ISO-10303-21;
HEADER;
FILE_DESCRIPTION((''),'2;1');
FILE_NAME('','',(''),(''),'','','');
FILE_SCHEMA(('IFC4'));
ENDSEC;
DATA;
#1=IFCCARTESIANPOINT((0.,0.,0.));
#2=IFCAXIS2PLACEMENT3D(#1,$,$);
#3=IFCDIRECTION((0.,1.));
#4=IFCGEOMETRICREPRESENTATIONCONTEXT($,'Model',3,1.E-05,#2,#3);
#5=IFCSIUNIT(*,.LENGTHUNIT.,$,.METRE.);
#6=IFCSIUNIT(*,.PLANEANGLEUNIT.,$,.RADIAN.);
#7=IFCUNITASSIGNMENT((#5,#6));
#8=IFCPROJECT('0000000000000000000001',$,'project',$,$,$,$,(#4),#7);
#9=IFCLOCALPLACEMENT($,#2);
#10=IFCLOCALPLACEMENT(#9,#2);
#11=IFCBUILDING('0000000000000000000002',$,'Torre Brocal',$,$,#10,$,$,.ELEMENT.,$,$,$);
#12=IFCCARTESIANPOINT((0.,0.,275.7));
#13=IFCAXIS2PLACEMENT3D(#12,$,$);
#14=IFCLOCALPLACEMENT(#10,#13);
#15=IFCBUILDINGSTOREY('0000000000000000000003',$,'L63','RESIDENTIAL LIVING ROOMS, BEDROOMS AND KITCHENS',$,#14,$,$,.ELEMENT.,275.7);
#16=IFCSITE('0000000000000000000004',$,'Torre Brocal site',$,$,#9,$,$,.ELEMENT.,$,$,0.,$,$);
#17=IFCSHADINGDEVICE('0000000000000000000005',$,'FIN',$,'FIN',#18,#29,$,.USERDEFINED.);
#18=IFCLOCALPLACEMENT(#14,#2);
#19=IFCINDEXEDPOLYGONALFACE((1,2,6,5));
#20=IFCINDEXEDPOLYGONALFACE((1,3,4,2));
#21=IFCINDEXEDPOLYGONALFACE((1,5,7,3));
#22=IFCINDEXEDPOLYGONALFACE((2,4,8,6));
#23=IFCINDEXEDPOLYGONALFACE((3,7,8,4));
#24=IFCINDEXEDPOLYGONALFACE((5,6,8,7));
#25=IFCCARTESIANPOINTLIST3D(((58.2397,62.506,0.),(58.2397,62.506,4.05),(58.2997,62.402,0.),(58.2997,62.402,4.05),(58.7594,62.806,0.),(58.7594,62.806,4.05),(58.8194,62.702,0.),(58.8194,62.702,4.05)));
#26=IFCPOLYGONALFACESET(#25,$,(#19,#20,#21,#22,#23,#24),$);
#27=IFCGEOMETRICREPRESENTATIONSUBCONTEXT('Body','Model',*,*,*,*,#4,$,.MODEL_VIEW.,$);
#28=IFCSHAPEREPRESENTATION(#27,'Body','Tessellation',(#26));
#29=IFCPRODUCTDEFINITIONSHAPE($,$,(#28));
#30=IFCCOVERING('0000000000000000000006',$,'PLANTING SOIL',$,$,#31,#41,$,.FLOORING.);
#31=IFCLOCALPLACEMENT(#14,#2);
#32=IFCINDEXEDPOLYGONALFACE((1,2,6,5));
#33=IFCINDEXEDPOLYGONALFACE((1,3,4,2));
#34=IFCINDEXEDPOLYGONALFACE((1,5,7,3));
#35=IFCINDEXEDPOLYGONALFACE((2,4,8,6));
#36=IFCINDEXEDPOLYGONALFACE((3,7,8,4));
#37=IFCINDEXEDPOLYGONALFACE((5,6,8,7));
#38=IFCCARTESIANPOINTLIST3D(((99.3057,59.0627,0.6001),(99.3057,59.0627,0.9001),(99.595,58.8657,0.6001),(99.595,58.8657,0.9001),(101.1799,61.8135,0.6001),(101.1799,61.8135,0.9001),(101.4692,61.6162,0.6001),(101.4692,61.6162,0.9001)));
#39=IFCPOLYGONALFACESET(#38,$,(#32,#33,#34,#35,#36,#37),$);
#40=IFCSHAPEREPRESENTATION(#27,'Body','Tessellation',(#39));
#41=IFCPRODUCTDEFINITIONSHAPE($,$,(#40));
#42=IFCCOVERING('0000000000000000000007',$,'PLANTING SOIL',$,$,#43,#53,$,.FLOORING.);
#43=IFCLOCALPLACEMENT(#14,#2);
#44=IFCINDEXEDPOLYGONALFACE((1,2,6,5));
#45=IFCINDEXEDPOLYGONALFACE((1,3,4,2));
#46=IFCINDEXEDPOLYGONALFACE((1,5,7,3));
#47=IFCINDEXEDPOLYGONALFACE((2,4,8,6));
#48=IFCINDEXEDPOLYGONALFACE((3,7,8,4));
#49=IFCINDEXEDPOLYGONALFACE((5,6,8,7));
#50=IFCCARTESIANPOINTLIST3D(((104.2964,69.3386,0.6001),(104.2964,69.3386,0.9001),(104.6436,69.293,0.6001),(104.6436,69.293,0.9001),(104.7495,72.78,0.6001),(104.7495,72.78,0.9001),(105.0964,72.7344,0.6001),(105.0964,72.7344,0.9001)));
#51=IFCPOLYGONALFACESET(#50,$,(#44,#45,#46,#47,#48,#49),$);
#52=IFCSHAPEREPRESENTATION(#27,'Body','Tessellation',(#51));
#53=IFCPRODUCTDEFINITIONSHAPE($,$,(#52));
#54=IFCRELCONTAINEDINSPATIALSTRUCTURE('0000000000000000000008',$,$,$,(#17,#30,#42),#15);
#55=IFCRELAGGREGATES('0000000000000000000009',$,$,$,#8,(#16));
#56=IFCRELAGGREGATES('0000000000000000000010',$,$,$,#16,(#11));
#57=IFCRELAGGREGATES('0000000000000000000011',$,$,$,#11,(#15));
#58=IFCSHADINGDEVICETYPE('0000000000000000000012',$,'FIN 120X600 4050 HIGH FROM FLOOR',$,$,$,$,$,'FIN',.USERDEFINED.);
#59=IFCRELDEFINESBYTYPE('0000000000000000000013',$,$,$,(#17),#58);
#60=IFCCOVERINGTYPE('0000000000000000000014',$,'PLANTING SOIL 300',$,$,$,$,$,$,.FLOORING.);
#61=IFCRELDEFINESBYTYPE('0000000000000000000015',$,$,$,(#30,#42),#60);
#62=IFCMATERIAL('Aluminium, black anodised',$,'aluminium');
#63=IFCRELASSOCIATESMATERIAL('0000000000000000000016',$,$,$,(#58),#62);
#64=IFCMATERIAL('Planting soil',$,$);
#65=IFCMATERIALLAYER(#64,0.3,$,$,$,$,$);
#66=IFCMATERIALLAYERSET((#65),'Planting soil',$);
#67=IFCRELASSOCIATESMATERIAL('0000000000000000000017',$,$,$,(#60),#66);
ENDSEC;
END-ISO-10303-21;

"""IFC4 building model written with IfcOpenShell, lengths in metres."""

from ifc_helpers import new_model, si_unit, direction, frame, origin, origin_2d, place, context, subcontext, project, spatial, polyline, rectangle, outline, extrude, material, layer, layer_set, material_profile, profile_set, type_object, element, save


model = new_model("IFC4")

# Units and contexts
model_context = context("Model", 3, precision=1e-05, world=origin(), true_north=direction((0.0, 1.0)))
body_context = subcontext(model_context, "Body", "Model", "MODEL_VIEW")
ifc_project = project(units=[si_unit("LENGTHUNIT", "METRE"), si_unit("PLANEANGLEUNIT", "RADIAN")], contexts=[model_context])

# Site, building, storey
site_placement = place(None, origin())
site = spatial("IfcSite", under=ifc_project, at=site_placement, Name="Torre Brocal site", CompositionType="ELEMENT", RefElevation=0.0)
building_placement = place(site_placement, origin())
building = spatial("IfcBuilding", under=site, at=building_placement, Name="Torre Brocal", CompositionType="ELEMENT")
storey_placement = place(building_placement, frame((0.0, 0.0, 275.7)))
storey = spatial("IfcBuildingStorey", under=building, at=storey_placement, Name="L63", Description="RESIDENTIAL LIVING ROOMS, BEDROOMS AND KITCHENS", CompositionType="ELEMENT", Elevation=275.7)

# Shading device
ifc_material_1 = material(Name="Aluminium, black anodised", Category="aluminium")
ifc_material_profile_1 = material_profile(ifc_material_1, rectangle(XDim=0.1201, YDim=0.6001, at=origin_2d()), Name="FIN 120X600 4050 HIGH FROM FLOOR")
ifc_profile_set_1 = profile_set([ifc_material_profile_1], Name="Aluminium, black anodised")
shading_device_type = type_object("IfcShadingDeviceType", Name="FIN 120X600 4050 HIGH FROM FLOOR", ElementType="FIN", PredefinedType="USERDEFINED", material=ifc_profile_set_1)
for number, where, z_axis, x_axis, name in (
    (1, (58.5295, 62.604, 0.0), (0.0, 0.0, 1.0), (0.5, -0.866025, 0.0), "FIN"),
):
    element("IfcShadingDevice", number, at=place(storey_placement, frame(where, z_axis=z_axis, x_axis=x_axis)), inside=storey, type_object=shading_device_type, Name=name, ObjectType="FIN", PredefinedType="USERDEFINED", context=body_context, shape_type="SweptSolid", body=[
        extrude(rectangle(XDim=0.1201, YDim=0.6001, at=origin_2d()), origin(), (0.0, 0.0, 1.0), 4.05),
    ])

# Coverings
ifc_material_2 = material(Name="Planting soil")
ifc_layer_1 = layer(ifc_material_2, 0.3)
ifc_layer_set_1 = layer_set([ifc_layer_1], Name="Planting soil")
covering_type = type_object("IfcCoveringType", Name="PLANTING SOIL 300", PredefinedType="FLOORING", material=ifc_layer_set_1)
covering_1_placement = place(storey_placement, frame((0.0, 0.0, 0.6001)))
element("IfcCovering", 2, at=covering_1_placement, inside=storey, type_object=covering_type, Name="PLANTING SOIL", PredefinedType="FLOORING", context=body_context, shape_type="SweptSolid", body=[
    extrude(outline(polyline([(99.3057, 59.0627), (101.1799, 61.8135), (101.4692, 61.6162), (99.595, 58.8657), (99.3057, 59.0627)])), origin(), (0.0, 0.0, 1.0), 0.3),
])
covering_2_placement = place(storey_placement, frame((0.0, 0.0, 0.6001)))
element("IfcCovering", 3, at=covering_2_placement, inside=storey, type_object=covering_type, Name="PLANTING SOIL", PredefinedType="FLOORING", context=body_context, shape_type="SweptSolid", body=[
    extrude(outline(polyline([(104.2964, 69.3386), (104.7495, 72.78), (105.0964, 72.7344), (104.6436, 69.293), (104.2964, 69.3386)])), origin(), (0.0, 0.0, 1.0), 0.3),
])

save(model, "model.ifc")
